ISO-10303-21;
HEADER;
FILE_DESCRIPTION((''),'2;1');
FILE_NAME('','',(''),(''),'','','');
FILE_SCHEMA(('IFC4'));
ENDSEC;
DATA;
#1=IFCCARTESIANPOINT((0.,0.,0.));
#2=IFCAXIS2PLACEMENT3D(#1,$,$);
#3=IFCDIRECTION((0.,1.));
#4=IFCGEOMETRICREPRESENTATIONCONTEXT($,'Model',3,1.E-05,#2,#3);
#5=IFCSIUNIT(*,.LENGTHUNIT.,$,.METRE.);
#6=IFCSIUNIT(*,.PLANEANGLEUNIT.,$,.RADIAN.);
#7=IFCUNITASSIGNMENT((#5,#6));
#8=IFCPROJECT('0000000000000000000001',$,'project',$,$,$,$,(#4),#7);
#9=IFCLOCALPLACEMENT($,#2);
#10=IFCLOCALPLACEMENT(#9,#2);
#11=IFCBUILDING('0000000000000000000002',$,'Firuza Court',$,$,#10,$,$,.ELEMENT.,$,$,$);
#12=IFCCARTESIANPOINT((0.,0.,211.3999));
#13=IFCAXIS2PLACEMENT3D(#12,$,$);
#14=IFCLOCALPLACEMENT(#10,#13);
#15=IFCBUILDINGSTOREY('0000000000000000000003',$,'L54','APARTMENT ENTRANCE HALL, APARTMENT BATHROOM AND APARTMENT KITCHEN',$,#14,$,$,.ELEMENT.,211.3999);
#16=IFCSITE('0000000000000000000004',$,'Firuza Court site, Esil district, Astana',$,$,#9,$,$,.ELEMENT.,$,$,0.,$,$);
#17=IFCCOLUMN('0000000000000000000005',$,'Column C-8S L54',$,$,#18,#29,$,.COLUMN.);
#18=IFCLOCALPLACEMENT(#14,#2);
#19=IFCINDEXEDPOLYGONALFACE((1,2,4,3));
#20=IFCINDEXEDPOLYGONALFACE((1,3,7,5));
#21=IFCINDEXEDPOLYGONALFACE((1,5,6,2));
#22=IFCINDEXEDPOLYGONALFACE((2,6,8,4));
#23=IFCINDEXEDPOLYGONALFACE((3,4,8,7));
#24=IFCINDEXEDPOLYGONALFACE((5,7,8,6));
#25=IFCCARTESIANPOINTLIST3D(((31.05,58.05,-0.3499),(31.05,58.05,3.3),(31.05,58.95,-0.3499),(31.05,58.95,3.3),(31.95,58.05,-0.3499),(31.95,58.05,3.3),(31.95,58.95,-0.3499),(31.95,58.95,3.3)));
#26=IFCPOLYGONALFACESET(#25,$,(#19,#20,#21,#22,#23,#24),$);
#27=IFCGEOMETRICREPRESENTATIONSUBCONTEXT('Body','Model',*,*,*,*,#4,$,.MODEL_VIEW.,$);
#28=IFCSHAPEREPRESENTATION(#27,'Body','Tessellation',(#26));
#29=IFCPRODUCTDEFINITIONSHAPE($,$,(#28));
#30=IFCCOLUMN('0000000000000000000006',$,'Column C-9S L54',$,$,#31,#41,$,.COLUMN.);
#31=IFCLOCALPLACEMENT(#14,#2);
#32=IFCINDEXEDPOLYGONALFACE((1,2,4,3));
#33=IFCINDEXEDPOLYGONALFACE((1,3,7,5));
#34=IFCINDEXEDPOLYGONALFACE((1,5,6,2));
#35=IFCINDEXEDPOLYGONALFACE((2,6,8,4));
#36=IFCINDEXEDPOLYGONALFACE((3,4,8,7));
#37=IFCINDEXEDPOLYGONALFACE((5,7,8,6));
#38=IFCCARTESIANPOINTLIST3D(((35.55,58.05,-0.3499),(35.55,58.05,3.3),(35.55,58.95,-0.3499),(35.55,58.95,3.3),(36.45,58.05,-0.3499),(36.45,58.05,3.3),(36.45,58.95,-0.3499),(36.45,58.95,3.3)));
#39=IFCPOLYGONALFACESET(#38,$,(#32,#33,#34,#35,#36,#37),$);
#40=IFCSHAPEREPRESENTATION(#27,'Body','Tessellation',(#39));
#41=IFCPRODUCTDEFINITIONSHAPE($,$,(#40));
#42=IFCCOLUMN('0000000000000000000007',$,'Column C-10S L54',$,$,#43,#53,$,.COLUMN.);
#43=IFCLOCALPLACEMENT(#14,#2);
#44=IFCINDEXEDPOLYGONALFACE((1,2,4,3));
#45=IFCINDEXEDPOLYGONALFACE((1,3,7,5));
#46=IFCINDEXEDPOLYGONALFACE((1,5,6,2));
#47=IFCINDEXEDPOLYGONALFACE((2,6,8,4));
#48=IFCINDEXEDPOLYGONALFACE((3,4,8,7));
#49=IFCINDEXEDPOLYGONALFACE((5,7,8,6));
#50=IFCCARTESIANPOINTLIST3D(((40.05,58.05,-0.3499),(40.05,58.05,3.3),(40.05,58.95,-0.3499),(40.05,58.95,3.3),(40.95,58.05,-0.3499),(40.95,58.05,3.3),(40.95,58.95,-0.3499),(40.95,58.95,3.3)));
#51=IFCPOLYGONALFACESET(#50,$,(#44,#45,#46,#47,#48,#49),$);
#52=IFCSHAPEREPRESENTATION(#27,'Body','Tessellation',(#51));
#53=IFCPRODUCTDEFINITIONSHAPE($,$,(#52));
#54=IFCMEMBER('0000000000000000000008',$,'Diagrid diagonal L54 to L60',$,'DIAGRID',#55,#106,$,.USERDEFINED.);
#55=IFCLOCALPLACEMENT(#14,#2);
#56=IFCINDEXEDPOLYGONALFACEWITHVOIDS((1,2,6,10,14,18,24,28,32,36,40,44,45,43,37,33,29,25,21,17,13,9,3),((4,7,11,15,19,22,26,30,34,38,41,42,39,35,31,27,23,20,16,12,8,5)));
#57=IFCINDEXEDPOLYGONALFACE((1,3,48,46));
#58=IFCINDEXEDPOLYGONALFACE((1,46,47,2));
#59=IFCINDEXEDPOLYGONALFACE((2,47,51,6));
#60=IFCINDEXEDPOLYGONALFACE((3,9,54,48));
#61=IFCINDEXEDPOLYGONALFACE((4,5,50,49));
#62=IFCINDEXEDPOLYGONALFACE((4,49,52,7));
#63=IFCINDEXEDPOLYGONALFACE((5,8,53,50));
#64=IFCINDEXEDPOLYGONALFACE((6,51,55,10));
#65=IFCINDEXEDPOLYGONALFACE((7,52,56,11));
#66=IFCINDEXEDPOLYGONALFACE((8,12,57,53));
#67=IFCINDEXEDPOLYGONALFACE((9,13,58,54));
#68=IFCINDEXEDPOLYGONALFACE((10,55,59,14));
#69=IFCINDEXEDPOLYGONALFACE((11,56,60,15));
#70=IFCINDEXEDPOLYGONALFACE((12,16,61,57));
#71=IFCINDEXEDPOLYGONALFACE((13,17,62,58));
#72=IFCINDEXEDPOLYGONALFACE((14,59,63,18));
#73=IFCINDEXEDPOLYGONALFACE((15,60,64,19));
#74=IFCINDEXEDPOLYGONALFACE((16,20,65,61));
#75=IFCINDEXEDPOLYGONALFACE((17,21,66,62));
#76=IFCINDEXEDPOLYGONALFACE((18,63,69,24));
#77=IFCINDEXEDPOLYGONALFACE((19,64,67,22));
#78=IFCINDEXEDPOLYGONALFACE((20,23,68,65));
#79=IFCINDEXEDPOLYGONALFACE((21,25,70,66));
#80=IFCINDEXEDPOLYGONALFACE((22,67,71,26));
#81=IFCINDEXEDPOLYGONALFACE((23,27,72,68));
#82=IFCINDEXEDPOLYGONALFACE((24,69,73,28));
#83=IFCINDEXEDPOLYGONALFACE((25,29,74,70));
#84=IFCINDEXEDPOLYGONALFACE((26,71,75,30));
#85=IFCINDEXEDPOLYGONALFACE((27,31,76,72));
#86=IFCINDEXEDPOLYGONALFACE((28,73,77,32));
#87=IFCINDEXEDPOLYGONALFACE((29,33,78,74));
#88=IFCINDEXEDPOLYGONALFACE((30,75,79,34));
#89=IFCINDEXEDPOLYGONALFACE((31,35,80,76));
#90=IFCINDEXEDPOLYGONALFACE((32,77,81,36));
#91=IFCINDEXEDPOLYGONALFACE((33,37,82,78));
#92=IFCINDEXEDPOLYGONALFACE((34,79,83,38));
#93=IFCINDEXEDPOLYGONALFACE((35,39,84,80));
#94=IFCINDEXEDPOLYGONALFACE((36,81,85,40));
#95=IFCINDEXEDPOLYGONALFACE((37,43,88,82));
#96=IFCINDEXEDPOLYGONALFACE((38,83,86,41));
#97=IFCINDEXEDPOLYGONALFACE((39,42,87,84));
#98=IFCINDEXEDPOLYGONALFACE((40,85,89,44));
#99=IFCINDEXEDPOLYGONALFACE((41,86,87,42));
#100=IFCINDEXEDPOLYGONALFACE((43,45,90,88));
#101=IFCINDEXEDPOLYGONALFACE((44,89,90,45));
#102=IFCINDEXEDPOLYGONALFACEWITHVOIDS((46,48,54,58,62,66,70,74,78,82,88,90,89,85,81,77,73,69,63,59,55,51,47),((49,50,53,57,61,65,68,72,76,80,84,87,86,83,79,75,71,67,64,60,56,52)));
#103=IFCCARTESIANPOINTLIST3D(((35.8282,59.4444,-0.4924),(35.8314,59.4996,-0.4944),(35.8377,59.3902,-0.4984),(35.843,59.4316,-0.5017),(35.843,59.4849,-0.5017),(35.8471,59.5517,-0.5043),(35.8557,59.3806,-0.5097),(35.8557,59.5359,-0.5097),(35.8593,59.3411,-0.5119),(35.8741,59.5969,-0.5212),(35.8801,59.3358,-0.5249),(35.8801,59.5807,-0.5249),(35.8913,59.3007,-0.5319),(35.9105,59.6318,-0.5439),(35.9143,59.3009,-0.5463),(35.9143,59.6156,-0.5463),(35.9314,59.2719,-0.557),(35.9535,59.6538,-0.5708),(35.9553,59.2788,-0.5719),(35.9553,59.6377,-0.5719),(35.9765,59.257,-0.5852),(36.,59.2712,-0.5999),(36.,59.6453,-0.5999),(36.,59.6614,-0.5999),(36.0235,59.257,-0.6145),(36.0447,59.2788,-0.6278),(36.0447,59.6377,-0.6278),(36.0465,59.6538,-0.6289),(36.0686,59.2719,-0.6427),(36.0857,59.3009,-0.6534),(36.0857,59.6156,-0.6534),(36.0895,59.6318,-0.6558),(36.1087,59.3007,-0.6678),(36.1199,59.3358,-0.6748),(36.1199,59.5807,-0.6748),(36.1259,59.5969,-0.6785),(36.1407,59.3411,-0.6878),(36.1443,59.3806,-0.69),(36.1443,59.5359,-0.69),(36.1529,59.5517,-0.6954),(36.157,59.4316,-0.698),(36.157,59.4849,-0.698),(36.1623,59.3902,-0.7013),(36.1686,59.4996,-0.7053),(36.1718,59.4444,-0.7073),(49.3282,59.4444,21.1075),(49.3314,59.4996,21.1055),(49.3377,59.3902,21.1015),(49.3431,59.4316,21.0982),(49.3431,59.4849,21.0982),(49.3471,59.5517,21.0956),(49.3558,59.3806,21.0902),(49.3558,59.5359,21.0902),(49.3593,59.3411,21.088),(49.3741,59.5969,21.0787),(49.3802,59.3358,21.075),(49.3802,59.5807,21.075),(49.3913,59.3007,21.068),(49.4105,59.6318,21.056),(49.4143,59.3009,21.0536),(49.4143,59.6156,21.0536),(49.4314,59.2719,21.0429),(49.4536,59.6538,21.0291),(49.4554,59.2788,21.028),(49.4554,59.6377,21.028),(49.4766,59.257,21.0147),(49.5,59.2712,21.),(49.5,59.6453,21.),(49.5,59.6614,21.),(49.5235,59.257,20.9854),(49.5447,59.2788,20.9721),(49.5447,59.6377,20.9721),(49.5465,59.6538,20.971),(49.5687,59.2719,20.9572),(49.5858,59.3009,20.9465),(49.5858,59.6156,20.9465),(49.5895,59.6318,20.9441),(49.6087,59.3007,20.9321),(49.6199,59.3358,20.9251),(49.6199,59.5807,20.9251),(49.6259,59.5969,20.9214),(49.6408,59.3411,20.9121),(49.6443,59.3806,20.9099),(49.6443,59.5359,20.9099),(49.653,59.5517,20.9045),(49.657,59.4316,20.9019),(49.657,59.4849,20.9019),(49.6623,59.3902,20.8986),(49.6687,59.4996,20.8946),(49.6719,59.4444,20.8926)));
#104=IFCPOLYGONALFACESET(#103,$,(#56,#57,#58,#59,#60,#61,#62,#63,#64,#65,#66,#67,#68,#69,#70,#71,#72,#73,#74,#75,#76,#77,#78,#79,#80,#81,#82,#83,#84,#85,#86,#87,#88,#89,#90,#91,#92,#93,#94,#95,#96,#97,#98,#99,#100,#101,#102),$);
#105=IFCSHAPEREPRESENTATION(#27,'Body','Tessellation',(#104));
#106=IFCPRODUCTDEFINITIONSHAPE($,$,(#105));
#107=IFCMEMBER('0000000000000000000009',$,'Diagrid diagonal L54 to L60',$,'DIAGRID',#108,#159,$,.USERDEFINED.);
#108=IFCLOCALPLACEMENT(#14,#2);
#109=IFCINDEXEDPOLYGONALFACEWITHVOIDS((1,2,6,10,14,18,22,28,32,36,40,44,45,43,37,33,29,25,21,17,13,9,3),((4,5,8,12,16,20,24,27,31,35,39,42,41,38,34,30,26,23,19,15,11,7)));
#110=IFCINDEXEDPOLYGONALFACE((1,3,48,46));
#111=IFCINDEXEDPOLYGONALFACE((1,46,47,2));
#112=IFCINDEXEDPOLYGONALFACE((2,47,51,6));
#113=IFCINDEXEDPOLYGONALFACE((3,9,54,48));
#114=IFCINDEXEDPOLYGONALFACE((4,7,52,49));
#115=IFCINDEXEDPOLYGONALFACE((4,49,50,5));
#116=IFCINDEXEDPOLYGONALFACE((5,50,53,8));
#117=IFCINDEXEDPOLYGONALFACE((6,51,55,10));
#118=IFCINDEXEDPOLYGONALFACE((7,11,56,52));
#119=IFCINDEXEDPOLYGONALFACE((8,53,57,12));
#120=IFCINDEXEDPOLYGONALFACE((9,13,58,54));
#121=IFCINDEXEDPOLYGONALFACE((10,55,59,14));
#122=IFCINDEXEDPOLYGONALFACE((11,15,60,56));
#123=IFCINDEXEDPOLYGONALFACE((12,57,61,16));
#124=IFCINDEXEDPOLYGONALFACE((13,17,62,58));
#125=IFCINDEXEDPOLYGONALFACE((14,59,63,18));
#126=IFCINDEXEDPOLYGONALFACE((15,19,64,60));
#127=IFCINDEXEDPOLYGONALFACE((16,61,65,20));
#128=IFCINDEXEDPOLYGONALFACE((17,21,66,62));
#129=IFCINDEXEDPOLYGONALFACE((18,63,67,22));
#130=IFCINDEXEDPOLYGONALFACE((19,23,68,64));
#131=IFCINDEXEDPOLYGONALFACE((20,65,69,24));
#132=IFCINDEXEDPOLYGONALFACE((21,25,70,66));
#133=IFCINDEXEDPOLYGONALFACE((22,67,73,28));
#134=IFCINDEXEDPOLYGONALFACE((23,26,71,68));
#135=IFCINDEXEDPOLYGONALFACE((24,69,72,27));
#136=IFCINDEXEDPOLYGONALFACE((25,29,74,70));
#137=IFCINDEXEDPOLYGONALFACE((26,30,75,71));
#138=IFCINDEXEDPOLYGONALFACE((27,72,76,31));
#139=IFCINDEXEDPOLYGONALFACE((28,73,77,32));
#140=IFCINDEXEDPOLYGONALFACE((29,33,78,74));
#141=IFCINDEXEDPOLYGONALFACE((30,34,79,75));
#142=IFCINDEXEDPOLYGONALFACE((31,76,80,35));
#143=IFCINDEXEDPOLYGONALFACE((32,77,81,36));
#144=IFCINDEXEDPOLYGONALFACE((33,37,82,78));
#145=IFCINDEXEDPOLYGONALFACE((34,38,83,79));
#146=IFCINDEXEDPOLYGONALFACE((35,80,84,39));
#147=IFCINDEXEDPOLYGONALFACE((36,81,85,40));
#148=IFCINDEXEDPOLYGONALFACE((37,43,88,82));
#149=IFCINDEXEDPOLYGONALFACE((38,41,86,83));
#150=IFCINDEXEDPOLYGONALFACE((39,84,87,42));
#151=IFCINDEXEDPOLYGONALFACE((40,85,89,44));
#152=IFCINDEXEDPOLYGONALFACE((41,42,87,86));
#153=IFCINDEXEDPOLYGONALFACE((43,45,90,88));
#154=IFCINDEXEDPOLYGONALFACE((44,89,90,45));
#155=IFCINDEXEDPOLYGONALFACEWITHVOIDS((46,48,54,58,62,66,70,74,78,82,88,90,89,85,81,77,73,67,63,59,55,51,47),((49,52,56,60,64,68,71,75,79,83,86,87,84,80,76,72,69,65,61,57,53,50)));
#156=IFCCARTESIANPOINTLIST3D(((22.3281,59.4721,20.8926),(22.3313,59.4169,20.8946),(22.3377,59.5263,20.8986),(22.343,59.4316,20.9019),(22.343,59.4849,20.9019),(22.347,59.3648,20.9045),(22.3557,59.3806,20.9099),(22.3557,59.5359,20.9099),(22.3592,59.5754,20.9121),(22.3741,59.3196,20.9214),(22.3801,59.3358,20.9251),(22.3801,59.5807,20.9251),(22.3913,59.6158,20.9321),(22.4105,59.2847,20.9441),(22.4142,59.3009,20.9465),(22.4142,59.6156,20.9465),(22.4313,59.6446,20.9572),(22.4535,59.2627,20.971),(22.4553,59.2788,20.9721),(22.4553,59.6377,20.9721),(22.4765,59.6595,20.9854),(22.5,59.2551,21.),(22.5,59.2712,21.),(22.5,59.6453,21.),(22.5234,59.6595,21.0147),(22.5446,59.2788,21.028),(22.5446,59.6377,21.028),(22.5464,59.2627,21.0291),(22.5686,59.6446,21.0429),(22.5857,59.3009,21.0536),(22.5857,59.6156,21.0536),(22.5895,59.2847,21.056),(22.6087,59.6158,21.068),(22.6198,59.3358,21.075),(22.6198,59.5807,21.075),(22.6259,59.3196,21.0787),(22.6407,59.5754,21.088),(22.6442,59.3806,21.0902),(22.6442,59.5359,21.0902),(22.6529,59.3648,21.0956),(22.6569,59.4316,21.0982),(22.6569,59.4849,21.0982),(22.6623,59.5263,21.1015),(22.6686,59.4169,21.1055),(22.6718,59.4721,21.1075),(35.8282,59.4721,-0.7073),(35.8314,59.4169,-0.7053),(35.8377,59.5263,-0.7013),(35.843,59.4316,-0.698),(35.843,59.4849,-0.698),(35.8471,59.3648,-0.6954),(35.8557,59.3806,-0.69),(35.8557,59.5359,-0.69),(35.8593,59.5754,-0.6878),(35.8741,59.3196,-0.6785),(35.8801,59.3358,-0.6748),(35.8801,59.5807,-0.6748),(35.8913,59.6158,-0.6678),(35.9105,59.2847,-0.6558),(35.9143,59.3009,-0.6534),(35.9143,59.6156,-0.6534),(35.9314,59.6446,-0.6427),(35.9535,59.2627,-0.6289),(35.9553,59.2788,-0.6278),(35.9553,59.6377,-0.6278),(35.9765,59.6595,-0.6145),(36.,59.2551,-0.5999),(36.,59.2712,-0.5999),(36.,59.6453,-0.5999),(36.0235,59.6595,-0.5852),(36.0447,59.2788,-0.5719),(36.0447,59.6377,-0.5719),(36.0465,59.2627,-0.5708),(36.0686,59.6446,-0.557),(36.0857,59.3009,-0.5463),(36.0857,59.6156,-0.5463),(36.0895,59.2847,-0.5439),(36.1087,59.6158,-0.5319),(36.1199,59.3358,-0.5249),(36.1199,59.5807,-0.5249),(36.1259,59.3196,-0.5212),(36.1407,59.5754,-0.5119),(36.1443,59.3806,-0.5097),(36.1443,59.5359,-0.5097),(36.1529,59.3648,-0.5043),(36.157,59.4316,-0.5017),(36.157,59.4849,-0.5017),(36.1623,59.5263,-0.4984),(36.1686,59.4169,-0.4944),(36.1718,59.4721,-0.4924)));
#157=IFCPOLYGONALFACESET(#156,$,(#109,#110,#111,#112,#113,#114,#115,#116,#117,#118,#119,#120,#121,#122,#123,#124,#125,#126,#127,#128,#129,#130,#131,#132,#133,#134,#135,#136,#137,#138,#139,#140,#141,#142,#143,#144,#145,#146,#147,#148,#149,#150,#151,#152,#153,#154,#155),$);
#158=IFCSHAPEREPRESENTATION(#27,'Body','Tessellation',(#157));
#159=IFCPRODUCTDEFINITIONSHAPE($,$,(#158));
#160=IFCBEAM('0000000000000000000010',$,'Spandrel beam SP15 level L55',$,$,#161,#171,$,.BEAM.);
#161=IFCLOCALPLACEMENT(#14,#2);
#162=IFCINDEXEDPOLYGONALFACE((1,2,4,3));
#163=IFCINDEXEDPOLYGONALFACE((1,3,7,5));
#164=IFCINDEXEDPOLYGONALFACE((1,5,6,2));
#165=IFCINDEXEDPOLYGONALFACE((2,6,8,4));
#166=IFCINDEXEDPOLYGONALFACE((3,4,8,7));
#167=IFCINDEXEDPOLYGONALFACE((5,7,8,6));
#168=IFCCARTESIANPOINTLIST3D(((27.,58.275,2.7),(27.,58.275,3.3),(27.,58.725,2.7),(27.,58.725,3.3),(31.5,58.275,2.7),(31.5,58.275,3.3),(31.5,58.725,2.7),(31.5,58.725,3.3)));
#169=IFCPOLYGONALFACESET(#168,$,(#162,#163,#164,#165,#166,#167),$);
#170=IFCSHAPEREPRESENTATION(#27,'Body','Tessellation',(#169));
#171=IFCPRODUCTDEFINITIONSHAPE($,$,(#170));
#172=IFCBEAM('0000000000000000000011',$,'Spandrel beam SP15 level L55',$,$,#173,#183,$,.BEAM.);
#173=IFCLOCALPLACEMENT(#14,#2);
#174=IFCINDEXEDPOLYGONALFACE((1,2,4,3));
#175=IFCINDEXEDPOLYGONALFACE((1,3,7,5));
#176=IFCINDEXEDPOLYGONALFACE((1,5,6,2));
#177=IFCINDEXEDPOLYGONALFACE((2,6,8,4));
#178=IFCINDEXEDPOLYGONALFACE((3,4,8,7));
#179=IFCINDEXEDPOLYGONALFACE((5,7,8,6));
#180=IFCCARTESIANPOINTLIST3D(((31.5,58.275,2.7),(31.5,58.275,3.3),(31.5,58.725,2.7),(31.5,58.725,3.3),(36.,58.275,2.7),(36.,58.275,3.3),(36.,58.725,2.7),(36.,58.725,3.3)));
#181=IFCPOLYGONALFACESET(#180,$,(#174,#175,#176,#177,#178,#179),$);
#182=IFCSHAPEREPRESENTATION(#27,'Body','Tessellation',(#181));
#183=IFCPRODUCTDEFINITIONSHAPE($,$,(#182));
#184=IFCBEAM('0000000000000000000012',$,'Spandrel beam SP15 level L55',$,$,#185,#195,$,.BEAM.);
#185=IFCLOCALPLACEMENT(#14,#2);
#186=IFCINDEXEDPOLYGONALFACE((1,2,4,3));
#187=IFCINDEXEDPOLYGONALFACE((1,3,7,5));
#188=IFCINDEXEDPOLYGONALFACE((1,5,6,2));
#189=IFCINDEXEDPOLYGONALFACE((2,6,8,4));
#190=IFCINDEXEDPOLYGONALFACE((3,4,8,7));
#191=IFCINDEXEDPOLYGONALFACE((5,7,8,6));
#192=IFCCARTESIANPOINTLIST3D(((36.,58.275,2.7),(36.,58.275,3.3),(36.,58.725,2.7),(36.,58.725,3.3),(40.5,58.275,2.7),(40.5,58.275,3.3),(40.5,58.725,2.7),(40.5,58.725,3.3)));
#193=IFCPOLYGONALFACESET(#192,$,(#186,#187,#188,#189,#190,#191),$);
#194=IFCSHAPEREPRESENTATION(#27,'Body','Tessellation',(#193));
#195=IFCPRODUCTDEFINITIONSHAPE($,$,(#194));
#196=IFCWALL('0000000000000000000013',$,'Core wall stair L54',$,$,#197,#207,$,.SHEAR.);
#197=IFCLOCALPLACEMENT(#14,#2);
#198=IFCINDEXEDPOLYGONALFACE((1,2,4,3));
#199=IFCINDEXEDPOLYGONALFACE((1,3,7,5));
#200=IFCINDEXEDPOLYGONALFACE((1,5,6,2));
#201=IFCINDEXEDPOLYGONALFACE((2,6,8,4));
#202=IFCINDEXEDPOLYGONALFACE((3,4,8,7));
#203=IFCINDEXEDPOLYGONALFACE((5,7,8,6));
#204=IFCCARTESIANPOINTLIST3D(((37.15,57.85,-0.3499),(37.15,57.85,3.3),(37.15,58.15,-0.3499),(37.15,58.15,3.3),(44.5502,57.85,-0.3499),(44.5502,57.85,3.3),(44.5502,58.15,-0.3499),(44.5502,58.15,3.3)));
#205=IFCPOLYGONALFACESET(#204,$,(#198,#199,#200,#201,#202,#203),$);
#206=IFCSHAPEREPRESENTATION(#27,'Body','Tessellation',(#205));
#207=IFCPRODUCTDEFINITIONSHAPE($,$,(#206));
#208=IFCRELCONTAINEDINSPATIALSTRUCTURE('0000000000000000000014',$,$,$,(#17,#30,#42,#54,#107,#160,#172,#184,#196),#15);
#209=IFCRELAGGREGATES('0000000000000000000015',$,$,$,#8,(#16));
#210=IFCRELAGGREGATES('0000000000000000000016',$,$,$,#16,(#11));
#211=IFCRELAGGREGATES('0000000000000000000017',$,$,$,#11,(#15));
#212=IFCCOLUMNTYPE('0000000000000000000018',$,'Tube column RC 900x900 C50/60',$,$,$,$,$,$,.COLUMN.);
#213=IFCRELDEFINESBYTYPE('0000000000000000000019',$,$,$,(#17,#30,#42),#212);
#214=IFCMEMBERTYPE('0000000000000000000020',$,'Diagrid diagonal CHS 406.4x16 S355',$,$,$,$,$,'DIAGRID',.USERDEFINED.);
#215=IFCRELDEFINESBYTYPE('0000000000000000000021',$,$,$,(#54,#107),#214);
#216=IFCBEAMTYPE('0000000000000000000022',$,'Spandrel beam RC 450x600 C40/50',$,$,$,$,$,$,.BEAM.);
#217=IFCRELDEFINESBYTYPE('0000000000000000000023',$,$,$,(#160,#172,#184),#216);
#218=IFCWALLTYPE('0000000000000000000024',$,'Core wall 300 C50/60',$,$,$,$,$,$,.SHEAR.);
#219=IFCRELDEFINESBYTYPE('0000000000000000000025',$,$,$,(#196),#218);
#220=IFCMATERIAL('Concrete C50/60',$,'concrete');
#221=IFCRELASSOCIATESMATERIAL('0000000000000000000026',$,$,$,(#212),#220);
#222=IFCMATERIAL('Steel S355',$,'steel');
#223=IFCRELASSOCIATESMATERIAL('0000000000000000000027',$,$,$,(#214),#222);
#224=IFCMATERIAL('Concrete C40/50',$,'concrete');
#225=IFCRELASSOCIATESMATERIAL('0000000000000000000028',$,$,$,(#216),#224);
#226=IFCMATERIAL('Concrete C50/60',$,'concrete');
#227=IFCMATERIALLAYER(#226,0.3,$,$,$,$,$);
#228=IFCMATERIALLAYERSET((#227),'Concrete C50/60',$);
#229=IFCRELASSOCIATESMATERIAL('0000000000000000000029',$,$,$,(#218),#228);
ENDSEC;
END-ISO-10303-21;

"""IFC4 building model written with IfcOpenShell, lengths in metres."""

from ifc_helpers import new_model, si_unit, direction, frame, frame_2d, origin, origin_2d, place, context, subcontext, project, spatial, rectangle, hollow_circle, extrude, material, layer, layer_set, material_profile, profile_set, type_object, element, save


model = new_model("IFC4")

# Units and contexts
model_context = context("Model", 3, precision=1e-05, world=origin(), true_north=direction((0.0, 1.0)))
body_context = subcontext(model_context, "Body", "Model", "MODEL_VIEW")
ifc_project = project(units=[si_unit("LENGTHUNIT", "METRE"), si_unit("PLANEANGLEUNIT", "RADIAN")], contexts=[model_context])

# Site, building, storey
site_placement = place(None, origin())
site = spatial("IfcSite", under=ifc_project, at=site_placement, Name="Firuza Court site, Esil district, Astana", CompositionType="ELEMENT", RefElevation=0.0)
building_placement = place(site_placement, origin())
building = spatial("IfcBuilding", under=site, at=building_placement, Name="Firuza Court", CompositionType="ELEMENT")
storey_placement = place(building_placement, frame((0.0, 0.0, 211.3999)))
storey = spatial("IfcBuildingStorey", under=building, at=storey_placement, Name="L54", Description="APARTMENT ENTRANCE HALL, APARTMENT BATHROOM AND APARTMENT KITCHEN", CompositionType="ELEMENT", Elevation=211.3999)

# Columns
ifc_material_1 = material(Name="Concrete C50/60", Category="concrete")
ifc_material_profile_1 = material_profile(ifc_material_1, rectangle(XDim=0.8999, YDim=0.8999, at=origin_2d()), Name="RC 900x900")
ifc_profile_set_1 = profile_set([ifc_material_profile_1], Name="Concrete C50/60")
column_type = type_object("IfcColumnType", Name="Tube column RC 900x900 C50/60", PredefinedType="COLUMN", material=ifc_profile_set_1)
for number, where, z_axis, x_axis, name in (
    (1, (31.5, 58.5, -0.3499), (0.0, 0.0, 1.0), (1.0, 0.0, 0.0), "Column C-8S L54"),
    (2, (36.0, 58.5, -0.3499), (0.0, 0.0, 1.0), (1.0, 0.0, 0.0), "Column C-9S L54"),
    (3, (40.5, 58.5, -0.3499), (0.0, 0.0, 1.0), (1.0, 0.0, 0.0), "Column C-10S L54"),
):
    element("IfcColumn", number, at=place(storey_placement, frame(where, z_axis=z_axis, x_axis=x_axis)), inside=storey, type_object=column_type, Name=name, PredefinedType="COLUMN", context=body_context, shape_type="SweptSolid", body=[
        extrude(rectangle(XDim=0.8999, YDim=0.8999, at=origin_2d()), origin(), (0.0, 0.0, 1.0), 3.6499),
    ])

# Members
ifc_material_2 = material(Name="Steel S355", Category="steel")
ifc_material_profile_2 = material_profile(ifc_material_2, hollow_circle(Radius=0.2031, WallThickness=0.0161, at=origin_2d()), Name="CHS 406.4x16")
ifc_profile_set_2 = profile_set([ifc_material_profile_2], Name="Steel S355")
member_type = type_object("IfcMemberType", Name="Diagrid diagonal CHS 406.4x16 S355", ElementType="DIAGRID", PredefinedType="USERDEFINED", material=ifc_profile_set_2)
for number, where, z_axis, x_axis, name in (
    (4, (36.0, 59.4583, -0.5999), (0.530002, 0.0, 0.847997), (0.0, 1.0, 0.0), "Diagrid diagonal L54 to L60"),
    (5, (36.0, 59.4583, -0.5999), (-0.530002, 0.0, 0.847997), (0.0, -1.0, 0.0), "Diagrid diagonal L54 to L60"),
):
    element("IfcMember", number, at=place(storey_placement, frame(where, z_axis=z_axis, x_axis=x_axis)), inside=storey, type_object=member_type, Name=name, ObjectType="DIAGRID", PredefinedType="USERDEFINED", context=body_context, shape_type="SweptSolid", body=[
        extrude(hollow_circle(Radius=0.2031, WallThickness=0.0161, at=origin_2d()), origin(), (0.0, 0.0, 1.0), 25.4717),
    ])

# Beams
ifc_material_3 = material(Name="Concrete C40/50", Category="concrete")
ifc_material_profile_3 = material_profile(ifc_material_3, rectangle(XDim=0.45, YDim=0.6001, at=origin_2d()), Name="RC 450x600")
ifc_profile_set_3 = profile_set([ifc_material_profile_3], Name="Concrete C40/50")
beam_type = type_object("IfcBeamType", Name="Spandrel beam RC 450x600 C40/50", PredefinedType="BEAM", material=ifc_profile_set_3)
for number, where, z_axis, x_axis, name in (
    (6, (31.5, 58.5, 3.0), (-1.0, 0.0, 0.0), (0.0, -1.0, 0.0), "Spandrel beam SP15 level L55"),
    (7, (36.0, 58.5, 3.0), (-1.0, 0.0, 0.0), (0.0, -1.0, 0.0), "Spandrel beam SP15 level L55"),
    (8, (40.5, 58.5, 3.0), (-1.0, 0.0, 0.0), (0.0, -1.0, 0.0), "Spandrel beam SP15 level L55"),
):
    element("IfcBeam", number, at=place(storey_placement, frame(where, z_axis=z_axis, x_axis=x_axis)), inside=storey, type_object=beam_type, Name=name, PredefinedType="BEAM", context=body_context, shape_type="SweptSolid", body=[
        extrude(rectangle(XDim=0.45, YDim=0.6001, at=origin_2d()), origin(), (0.0, 0.0, 1.0), 4.5),
    ])

# Wall
ifc_material_4 = material(Name="Concrete C50/60", Category="concrete")
ifc_layer_1 = layer(ifc_material_4, 0.3)
ifc_layer_set_1 = layer_set([ifc_layer_1], Name="Concrete C50/60")
wall_type_1 = type_object("IfcWallType", Name="Core wall 300 C50/60", PredefinedType="SHEAR", material=ifc_layer_set_1)
wall_1_placement = place(storey_placement, frame((37.1499, 58.0, -0.3499), z_axis=(0.0, 0.0, 1.0), x_axis=(1.0, 0.0, 0.0)))
element("IfcWall", 9, at=wall_1_placement, inside=storey, type_object=wall_type_1, Name="Core wall stair L54", PredefinedType="SHEAR", context=body_context, shape_type="SweptSolid", body=[
    extrude(rectangle(XDim=7.4001, YDim=0.3, at=frame_2d((3.7002, 0.0))), origin(), (0.0, 0.0, 1.0), 3.6499),
])

save(model, "model.ifc")
